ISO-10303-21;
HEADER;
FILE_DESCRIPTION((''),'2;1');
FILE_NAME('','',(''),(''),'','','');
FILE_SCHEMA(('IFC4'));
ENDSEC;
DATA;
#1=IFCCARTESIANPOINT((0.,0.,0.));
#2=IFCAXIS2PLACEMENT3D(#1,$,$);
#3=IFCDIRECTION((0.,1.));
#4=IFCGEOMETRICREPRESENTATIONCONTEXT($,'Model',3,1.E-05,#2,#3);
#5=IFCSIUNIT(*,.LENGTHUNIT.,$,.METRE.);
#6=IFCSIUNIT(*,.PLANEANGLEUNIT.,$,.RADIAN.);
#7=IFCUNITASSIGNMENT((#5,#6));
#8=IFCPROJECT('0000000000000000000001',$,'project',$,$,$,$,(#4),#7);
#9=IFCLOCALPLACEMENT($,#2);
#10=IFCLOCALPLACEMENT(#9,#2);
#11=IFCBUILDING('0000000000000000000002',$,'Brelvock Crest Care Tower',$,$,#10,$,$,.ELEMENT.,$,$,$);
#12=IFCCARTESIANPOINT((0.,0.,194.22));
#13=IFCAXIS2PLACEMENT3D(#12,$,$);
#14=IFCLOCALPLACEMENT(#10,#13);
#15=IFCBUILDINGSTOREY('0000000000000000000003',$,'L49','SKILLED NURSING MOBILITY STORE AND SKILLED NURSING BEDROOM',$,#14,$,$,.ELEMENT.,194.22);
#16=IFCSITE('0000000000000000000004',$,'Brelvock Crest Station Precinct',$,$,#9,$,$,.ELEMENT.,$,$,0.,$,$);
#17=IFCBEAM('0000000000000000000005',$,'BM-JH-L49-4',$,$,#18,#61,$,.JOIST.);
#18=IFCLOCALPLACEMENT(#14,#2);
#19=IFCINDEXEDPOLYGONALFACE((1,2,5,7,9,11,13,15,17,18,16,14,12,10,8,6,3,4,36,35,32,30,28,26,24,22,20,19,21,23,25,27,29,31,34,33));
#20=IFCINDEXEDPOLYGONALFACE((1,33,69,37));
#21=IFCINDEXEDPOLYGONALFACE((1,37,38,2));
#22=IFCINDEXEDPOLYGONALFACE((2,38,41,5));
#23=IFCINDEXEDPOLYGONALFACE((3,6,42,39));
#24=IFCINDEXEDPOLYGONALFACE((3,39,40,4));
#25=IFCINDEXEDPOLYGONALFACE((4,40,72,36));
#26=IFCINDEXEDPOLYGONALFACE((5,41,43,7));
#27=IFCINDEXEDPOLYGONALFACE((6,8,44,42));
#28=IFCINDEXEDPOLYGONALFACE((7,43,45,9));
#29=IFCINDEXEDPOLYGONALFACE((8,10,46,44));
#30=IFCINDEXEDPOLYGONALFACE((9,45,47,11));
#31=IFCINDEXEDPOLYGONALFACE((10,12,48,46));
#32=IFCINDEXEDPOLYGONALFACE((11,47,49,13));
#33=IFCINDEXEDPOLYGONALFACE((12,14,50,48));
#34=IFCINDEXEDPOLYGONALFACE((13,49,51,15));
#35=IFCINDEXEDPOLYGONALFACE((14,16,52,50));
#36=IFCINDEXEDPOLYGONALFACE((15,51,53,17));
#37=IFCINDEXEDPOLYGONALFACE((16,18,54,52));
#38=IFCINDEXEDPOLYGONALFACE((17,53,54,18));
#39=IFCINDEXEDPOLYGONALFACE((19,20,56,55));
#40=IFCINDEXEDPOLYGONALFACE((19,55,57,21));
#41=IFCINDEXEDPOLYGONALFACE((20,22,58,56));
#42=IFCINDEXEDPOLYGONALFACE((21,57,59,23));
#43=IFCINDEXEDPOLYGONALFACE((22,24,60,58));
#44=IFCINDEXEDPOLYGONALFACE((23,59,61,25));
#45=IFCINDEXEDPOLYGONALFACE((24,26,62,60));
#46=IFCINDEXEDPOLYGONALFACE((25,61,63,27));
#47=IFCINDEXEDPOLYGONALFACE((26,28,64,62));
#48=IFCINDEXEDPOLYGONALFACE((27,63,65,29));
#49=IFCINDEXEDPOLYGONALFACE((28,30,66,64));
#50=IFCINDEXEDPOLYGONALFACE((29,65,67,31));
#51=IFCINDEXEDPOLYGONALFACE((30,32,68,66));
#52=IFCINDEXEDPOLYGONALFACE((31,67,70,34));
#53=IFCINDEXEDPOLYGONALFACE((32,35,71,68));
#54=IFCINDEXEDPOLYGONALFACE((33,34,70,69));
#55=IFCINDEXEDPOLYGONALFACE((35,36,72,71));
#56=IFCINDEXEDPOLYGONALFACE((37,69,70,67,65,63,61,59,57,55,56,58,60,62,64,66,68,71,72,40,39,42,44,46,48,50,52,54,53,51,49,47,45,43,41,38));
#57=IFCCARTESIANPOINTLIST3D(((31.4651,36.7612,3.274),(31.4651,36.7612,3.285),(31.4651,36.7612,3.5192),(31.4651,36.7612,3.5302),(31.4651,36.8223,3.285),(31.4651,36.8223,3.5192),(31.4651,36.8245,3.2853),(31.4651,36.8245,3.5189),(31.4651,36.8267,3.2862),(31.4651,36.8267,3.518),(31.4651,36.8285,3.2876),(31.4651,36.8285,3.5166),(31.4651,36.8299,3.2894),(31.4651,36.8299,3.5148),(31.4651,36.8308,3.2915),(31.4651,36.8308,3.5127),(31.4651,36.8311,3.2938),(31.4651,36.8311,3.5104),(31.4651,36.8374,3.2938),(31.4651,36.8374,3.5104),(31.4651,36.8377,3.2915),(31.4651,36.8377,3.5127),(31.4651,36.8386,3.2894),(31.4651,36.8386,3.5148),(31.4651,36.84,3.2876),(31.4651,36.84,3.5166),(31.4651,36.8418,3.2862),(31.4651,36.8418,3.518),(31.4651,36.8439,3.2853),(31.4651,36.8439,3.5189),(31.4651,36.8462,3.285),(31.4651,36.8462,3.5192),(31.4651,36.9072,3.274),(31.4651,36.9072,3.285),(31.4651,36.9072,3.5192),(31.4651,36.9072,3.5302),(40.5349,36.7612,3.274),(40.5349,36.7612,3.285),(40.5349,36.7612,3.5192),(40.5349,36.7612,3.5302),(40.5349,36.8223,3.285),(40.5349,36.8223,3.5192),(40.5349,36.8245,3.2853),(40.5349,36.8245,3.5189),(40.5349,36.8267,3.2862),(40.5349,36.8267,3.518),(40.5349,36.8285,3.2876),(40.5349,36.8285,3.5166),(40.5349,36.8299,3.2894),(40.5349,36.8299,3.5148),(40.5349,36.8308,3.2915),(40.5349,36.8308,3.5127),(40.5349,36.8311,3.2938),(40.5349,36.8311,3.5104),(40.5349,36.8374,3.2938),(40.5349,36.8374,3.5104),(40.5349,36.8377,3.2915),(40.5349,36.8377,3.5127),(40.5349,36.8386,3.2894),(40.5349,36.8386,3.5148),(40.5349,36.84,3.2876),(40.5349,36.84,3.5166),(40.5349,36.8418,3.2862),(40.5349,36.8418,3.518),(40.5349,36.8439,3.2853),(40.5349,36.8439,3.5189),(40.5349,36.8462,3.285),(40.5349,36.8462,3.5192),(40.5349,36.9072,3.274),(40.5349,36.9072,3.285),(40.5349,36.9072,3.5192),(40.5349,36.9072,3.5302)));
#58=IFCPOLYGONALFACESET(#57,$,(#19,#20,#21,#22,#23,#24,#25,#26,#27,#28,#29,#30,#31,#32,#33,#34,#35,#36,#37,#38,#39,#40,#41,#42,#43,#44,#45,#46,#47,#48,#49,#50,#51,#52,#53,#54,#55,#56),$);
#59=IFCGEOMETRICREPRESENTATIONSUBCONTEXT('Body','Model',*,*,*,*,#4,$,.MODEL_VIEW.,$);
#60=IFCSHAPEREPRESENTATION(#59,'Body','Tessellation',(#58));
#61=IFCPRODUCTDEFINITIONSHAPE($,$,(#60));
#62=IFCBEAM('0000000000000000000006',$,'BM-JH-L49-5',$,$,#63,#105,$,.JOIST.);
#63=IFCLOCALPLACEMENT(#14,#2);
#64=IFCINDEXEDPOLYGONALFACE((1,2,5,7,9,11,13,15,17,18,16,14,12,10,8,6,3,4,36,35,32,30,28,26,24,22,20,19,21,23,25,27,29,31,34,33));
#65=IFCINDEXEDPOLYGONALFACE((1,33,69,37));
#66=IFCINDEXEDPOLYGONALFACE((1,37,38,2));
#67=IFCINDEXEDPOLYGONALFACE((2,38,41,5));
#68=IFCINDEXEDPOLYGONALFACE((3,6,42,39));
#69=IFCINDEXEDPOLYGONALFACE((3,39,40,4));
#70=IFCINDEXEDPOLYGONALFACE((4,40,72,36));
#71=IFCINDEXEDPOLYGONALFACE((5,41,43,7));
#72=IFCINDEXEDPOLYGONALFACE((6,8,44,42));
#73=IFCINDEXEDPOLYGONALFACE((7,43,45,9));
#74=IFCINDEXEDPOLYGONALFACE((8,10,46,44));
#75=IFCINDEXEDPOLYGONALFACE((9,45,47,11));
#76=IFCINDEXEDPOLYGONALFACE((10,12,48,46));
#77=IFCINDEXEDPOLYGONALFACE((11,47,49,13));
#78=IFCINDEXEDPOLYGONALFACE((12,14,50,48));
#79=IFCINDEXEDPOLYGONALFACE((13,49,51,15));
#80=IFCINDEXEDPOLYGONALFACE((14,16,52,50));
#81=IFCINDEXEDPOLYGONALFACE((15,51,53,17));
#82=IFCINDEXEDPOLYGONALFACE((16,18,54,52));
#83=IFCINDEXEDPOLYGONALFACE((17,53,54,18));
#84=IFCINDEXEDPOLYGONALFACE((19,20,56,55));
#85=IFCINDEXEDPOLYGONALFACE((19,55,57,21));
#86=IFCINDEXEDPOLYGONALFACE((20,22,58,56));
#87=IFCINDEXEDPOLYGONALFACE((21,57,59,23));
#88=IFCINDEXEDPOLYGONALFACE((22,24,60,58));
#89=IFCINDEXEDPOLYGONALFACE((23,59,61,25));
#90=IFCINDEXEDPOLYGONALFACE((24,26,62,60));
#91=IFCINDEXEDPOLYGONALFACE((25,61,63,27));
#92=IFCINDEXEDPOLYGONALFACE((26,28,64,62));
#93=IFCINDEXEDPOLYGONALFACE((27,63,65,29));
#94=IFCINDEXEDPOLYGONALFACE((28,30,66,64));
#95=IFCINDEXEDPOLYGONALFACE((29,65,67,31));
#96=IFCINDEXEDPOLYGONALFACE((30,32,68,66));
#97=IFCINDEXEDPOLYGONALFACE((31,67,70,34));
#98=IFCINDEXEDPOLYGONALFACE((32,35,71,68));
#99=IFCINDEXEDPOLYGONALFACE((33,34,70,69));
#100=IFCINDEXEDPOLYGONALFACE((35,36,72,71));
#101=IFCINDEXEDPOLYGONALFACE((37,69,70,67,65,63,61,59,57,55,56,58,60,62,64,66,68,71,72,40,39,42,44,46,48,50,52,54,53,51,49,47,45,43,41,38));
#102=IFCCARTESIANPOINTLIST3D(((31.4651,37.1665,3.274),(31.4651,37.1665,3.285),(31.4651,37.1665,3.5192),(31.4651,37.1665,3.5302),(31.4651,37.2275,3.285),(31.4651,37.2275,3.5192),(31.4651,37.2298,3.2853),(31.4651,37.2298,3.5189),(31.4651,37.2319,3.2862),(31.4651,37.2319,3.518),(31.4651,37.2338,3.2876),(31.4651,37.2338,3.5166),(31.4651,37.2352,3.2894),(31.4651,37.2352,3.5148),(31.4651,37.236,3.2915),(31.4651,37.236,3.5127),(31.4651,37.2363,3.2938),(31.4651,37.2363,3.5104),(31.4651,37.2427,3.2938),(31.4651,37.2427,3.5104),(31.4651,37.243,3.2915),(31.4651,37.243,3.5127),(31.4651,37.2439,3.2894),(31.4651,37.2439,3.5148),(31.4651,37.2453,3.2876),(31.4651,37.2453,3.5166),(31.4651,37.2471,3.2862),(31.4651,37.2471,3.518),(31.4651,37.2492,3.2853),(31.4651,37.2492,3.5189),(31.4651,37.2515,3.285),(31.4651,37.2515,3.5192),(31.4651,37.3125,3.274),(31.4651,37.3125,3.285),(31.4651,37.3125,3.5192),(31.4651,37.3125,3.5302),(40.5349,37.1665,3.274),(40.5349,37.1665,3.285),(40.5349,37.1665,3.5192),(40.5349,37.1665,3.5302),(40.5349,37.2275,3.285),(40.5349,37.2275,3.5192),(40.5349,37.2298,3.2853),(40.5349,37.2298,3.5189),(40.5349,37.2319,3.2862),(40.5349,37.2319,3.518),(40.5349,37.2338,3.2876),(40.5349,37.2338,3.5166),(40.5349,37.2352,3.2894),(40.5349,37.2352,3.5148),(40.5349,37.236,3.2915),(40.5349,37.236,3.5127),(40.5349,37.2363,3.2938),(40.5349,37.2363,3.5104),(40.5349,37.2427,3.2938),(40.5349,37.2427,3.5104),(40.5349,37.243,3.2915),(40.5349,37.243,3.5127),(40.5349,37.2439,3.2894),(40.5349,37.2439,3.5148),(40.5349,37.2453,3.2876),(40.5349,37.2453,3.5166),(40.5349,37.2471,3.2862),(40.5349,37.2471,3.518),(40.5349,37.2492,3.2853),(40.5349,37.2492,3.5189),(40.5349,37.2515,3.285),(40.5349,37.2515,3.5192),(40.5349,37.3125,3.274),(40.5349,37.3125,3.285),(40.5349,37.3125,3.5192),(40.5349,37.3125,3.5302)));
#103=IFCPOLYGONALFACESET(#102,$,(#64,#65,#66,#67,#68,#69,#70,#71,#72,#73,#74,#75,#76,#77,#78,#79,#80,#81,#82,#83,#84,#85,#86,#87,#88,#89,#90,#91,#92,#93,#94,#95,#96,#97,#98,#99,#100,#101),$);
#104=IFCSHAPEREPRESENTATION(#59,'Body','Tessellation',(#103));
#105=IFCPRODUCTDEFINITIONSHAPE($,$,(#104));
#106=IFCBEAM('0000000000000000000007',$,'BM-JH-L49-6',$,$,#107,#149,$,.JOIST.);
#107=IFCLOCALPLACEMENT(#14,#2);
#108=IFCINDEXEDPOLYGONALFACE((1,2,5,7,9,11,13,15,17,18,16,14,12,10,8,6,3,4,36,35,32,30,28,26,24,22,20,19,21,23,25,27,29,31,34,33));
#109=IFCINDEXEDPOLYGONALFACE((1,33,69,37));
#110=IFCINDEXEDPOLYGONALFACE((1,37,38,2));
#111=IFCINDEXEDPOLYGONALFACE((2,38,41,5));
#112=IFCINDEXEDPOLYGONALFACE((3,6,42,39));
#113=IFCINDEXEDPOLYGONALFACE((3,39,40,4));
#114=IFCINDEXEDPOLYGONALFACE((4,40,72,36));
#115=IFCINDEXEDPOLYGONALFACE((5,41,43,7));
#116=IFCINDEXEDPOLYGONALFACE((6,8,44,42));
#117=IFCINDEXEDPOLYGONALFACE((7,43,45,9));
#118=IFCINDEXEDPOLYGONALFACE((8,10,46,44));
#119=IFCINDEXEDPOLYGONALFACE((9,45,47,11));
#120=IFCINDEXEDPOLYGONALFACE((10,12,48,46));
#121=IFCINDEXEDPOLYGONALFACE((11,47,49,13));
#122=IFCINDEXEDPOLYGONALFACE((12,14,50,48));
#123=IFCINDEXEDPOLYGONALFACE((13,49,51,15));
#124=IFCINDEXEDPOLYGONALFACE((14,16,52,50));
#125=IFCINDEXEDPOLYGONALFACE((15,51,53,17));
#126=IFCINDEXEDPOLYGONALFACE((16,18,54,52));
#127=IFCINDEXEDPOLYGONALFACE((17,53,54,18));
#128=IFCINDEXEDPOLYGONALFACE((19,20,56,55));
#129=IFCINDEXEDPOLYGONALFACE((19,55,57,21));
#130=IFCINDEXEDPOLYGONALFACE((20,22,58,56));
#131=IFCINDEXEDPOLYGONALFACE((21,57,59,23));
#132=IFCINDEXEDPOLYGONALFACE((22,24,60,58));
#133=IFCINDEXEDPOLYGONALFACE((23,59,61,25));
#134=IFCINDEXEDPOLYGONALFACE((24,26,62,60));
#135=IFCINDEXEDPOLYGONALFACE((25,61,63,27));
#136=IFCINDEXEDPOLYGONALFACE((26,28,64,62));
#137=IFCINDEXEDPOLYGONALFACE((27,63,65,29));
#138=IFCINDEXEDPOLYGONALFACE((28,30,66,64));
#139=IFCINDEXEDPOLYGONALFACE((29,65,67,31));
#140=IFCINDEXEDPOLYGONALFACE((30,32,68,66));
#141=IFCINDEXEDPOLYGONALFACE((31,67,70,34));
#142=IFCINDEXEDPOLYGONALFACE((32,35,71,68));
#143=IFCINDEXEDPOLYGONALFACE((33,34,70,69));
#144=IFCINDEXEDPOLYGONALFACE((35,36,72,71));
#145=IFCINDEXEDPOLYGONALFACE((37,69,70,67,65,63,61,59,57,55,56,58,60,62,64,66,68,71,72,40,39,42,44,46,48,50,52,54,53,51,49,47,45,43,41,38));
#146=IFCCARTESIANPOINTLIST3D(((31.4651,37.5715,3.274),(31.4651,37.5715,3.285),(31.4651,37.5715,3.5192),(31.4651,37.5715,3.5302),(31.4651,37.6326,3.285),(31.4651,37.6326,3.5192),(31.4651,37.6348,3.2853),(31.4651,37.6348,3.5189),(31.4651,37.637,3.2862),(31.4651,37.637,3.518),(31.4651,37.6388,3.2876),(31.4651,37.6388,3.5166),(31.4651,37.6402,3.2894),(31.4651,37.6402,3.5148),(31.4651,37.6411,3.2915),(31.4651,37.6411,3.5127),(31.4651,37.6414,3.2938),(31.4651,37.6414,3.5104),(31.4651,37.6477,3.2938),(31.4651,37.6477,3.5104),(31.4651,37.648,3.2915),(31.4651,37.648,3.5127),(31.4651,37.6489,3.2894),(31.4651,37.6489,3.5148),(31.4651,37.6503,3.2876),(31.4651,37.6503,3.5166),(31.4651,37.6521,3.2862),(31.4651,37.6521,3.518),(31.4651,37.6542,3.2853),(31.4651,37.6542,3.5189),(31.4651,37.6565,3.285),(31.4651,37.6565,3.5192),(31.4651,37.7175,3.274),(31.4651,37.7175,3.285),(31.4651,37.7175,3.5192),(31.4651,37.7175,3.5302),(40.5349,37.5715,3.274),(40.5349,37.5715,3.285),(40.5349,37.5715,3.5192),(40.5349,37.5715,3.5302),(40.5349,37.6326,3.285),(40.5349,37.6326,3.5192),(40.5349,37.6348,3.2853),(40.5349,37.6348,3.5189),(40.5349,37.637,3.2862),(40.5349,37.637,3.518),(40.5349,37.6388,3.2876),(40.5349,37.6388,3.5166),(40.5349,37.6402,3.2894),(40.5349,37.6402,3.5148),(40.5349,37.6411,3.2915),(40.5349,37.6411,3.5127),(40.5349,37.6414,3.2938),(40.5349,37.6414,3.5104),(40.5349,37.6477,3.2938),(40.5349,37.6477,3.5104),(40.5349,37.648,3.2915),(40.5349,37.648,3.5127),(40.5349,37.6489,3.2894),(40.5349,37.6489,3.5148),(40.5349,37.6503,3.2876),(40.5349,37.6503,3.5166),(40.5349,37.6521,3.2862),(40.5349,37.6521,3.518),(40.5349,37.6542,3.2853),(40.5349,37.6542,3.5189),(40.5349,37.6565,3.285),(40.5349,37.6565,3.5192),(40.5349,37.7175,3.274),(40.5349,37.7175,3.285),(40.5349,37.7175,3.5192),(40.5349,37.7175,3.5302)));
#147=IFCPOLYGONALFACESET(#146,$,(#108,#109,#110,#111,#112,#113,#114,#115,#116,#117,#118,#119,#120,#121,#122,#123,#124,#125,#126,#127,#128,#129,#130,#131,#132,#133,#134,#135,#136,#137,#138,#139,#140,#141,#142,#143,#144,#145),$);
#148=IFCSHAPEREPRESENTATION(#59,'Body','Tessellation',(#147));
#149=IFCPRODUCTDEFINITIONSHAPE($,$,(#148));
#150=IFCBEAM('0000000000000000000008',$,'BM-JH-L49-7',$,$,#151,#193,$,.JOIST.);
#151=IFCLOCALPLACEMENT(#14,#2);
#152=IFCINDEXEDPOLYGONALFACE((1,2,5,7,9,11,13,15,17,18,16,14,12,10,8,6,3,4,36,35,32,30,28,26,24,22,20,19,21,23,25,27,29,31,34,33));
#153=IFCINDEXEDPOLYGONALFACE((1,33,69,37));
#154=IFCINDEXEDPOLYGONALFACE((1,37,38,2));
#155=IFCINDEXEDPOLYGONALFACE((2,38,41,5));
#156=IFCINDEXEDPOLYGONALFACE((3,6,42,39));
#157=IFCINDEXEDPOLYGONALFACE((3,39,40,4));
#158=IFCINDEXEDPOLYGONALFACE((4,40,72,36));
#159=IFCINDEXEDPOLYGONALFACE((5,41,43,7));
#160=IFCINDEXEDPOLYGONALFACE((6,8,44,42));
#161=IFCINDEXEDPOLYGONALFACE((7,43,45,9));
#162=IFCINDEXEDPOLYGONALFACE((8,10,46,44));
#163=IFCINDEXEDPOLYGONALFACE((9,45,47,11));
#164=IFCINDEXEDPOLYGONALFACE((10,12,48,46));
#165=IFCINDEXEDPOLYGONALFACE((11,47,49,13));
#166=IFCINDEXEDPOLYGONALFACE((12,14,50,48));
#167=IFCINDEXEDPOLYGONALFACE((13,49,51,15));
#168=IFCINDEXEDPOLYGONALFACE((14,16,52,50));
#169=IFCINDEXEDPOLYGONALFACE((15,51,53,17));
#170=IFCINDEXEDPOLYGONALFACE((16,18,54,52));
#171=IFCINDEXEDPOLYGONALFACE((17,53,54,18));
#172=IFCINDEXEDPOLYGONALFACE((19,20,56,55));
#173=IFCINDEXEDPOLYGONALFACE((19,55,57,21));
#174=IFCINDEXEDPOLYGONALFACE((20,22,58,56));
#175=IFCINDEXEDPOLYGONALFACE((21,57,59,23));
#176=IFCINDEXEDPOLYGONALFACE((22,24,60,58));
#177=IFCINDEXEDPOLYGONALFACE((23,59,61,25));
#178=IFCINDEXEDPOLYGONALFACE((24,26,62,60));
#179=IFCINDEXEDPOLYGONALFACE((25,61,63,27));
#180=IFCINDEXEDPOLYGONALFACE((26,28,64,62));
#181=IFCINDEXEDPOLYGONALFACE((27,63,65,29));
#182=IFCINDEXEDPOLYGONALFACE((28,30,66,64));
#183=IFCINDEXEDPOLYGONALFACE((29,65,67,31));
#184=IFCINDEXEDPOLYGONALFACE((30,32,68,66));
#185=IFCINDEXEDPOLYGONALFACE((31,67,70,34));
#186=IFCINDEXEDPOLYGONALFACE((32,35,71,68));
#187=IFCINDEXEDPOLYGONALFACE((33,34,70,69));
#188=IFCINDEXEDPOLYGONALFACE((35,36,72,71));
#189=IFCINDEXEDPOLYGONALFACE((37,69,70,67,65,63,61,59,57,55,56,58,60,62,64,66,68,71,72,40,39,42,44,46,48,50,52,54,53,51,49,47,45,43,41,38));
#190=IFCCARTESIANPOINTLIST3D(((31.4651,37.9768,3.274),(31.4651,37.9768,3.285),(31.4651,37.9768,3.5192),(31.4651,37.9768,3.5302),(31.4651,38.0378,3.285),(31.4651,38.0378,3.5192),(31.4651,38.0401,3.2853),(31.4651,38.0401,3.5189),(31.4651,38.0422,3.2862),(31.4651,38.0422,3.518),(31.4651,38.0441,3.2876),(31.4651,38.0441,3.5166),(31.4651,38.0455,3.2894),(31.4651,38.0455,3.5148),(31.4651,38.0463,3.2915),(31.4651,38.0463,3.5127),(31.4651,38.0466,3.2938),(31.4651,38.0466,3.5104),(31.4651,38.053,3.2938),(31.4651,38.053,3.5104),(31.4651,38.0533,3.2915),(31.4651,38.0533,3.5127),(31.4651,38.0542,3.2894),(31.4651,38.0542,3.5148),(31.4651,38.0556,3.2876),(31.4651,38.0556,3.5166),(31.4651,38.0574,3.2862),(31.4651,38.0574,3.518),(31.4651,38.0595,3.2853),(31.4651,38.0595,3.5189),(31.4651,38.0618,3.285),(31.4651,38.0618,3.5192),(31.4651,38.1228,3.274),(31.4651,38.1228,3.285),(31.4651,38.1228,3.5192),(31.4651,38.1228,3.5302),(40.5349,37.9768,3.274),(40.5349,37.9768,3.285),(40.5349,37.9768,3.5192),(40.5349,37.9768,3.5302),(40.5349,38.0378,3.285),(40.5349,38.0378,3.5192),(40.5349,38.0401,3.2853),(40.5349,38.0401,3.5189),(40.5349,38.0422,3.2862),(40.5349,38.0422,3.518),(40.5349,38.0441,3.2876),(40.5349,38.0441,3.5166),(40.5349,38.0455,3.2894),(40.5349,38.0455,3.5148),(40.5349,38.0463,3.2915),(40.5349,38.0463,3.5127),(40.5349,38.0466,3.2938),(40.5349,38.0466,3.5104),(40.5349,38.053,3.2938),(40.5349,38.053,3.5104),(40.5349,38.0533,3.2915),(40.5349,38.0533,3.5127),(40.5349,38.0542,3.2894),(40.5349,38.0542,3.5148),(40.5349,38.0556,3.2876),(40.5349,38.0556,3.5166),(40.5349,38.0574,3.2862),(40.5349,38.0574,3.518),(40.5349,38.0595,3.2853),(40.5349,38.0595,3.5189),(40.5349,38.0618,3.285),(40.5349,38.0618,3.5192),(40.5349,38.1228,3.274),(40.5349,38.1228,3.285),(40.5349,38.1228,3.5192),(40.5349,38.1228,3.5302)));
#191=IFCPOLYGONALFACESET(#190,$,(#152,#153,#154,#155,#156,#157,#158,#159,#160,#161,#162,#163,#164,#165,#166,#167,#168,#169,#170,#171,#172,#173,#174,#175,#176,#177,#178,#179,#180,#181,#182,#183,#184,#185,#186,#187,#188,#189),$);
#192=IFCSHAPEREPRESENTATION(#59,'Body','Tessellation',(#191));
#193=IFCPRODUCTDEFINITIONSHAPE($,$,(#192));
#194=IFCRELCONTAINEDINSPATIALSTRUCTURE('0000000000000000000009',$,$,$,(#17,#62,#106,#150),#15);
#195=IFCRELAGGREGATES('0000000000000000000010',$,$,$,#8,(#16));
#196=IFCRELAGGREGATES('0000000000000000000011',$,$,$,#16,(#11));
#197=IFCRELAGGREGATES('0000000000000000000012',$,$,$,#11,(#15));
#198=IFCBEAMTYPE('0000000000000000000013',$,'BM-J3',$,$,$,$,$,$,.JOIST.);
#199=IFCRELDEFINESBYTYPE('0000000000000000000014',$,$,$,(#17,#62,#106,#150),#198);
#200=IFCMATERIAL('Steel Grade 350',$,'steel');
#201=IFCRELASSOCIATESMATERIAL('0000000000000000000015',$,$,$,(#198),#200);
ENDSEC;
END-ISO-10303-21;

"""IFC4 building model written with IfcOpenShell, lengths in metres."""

from ifc_helpers import new_model, si_unit, direction, frame, origin, origin_2d, place, context, subcontext, project, spatial, i_section, extrude, source, transform, mapped, material, material_profile, profile_set, type_object, element, save


model = new_model("IFC4")

# Units and contexts
model_context = context("Model", 3, precision=1e-05, world=origin(), true_north=direction((0.0, 1.0)))
body_context = subcontext(model_context, "Body", "Model", "MODEL_VIEW")
ifc_project = project(units=[si_unit("LENGTHUNIT", "METRE"), si_unit("PLANEANGLEUNIT", "RADIAN")], contexts=[model_context])

# Site, building, storey
site_placement = place(None, origin())
site = spatial("IfcSite", under=ifc_project, at=site_placement, Name="Brelvock Crest Station Precinct", CompositionType="ELEMENT", RefElevation=0.0)
building_placement = place(site_placement, origin())
building = spatial("IfcBuilding", under=site, at=building_placement, Name="Brelvock Crest Care Tower", CompositionType="ELEMENT")
storey_placement = place(building_placement, frame((0.0, 0.0, 194.22)))
storey = spatial("IfcBuildingStorey", under=building, at=storey_placement, Name="L49", Description="SKILLED NURSING MOBILITY STORE AND SKILLED NURSING BEDROOM", CompositionType="ELEMENT", Elevation=194.22)

# Beams
ifc_material_1 = material(Name="Steel Grade 350", Category="steel")
ifc_material_profile_1 = material_profile(ifc_material_1, i_section(OverallWidth=0.146, OverallDepth=0.2561, WebThickness=0.0063, FlangeThickness=0.011, FilletRadius=0.0088, at=origin_2d()), Name="250UB37.3")
ifc_profile_set_1 = profile_set([ifc_material_profile_1], Name="Steel Grade 350")
beam_type_1 = type_object("IfcBeamType", Name="BM-J3", PredefinedType="JOIST", material=ifc_profile_set_1)
shared_shape_1 = source(origin(), body_context, "Body", "SweptSolid", [
    extrude(i_section(OverallWidth=0.146, OverallDepth=0.2561, WebThickness=0.0063, FlangeThickness=0.011, FilletRadius=0.0088, at=origin_2d()), origin(), (0.0, 0.0, 1.0), 9.0698),
])
for number, where, z_axis, x_axis, name in (
    (1, (31.4651, 36.8342, 3.4021), (1.0, 0.0, 0.0), (0.0, 1.0, 0.0), "BM-JH-L49-4"),
    (2, (31.4651, 37.2395, 3.4021), (1.0, 0.0, 0.0), (0.0, 1.0, 0.0), "BM-JH-L49-5"),
    (3, (31.4651, 37.6445, 3.4021), (1.0, 0.0, 0.0), (0.0, 1.0, 0.0), "BM-JH-L49-6"),
    (4, (31.4651, 38.0498, 3.4021), (1.0, 0.0, 0.0), (0.0, 1.0, 0.0), "BM-JH-L49-7"),
):
    element("IfcBeam", number, at=place(storey_placement, frame(where, z_axis=z_axis, x_axis=x_axis)), inside=storey, type_object=beam_type_1, Name=name, PredefinedType="JOIST", context=body_context, shape_type="MappedRepresentation", body=[
        mapped(shared_shape_1, transform((0.0, 0.0, 0.0), x_axis=(1.0, 0.0, 0.0), y_axis=(0.0, 1.0, 0.0), z_axis=(0.0, 0.0, 1.0), scale=1.0)),
    ])

save(model, "model.ifc")
